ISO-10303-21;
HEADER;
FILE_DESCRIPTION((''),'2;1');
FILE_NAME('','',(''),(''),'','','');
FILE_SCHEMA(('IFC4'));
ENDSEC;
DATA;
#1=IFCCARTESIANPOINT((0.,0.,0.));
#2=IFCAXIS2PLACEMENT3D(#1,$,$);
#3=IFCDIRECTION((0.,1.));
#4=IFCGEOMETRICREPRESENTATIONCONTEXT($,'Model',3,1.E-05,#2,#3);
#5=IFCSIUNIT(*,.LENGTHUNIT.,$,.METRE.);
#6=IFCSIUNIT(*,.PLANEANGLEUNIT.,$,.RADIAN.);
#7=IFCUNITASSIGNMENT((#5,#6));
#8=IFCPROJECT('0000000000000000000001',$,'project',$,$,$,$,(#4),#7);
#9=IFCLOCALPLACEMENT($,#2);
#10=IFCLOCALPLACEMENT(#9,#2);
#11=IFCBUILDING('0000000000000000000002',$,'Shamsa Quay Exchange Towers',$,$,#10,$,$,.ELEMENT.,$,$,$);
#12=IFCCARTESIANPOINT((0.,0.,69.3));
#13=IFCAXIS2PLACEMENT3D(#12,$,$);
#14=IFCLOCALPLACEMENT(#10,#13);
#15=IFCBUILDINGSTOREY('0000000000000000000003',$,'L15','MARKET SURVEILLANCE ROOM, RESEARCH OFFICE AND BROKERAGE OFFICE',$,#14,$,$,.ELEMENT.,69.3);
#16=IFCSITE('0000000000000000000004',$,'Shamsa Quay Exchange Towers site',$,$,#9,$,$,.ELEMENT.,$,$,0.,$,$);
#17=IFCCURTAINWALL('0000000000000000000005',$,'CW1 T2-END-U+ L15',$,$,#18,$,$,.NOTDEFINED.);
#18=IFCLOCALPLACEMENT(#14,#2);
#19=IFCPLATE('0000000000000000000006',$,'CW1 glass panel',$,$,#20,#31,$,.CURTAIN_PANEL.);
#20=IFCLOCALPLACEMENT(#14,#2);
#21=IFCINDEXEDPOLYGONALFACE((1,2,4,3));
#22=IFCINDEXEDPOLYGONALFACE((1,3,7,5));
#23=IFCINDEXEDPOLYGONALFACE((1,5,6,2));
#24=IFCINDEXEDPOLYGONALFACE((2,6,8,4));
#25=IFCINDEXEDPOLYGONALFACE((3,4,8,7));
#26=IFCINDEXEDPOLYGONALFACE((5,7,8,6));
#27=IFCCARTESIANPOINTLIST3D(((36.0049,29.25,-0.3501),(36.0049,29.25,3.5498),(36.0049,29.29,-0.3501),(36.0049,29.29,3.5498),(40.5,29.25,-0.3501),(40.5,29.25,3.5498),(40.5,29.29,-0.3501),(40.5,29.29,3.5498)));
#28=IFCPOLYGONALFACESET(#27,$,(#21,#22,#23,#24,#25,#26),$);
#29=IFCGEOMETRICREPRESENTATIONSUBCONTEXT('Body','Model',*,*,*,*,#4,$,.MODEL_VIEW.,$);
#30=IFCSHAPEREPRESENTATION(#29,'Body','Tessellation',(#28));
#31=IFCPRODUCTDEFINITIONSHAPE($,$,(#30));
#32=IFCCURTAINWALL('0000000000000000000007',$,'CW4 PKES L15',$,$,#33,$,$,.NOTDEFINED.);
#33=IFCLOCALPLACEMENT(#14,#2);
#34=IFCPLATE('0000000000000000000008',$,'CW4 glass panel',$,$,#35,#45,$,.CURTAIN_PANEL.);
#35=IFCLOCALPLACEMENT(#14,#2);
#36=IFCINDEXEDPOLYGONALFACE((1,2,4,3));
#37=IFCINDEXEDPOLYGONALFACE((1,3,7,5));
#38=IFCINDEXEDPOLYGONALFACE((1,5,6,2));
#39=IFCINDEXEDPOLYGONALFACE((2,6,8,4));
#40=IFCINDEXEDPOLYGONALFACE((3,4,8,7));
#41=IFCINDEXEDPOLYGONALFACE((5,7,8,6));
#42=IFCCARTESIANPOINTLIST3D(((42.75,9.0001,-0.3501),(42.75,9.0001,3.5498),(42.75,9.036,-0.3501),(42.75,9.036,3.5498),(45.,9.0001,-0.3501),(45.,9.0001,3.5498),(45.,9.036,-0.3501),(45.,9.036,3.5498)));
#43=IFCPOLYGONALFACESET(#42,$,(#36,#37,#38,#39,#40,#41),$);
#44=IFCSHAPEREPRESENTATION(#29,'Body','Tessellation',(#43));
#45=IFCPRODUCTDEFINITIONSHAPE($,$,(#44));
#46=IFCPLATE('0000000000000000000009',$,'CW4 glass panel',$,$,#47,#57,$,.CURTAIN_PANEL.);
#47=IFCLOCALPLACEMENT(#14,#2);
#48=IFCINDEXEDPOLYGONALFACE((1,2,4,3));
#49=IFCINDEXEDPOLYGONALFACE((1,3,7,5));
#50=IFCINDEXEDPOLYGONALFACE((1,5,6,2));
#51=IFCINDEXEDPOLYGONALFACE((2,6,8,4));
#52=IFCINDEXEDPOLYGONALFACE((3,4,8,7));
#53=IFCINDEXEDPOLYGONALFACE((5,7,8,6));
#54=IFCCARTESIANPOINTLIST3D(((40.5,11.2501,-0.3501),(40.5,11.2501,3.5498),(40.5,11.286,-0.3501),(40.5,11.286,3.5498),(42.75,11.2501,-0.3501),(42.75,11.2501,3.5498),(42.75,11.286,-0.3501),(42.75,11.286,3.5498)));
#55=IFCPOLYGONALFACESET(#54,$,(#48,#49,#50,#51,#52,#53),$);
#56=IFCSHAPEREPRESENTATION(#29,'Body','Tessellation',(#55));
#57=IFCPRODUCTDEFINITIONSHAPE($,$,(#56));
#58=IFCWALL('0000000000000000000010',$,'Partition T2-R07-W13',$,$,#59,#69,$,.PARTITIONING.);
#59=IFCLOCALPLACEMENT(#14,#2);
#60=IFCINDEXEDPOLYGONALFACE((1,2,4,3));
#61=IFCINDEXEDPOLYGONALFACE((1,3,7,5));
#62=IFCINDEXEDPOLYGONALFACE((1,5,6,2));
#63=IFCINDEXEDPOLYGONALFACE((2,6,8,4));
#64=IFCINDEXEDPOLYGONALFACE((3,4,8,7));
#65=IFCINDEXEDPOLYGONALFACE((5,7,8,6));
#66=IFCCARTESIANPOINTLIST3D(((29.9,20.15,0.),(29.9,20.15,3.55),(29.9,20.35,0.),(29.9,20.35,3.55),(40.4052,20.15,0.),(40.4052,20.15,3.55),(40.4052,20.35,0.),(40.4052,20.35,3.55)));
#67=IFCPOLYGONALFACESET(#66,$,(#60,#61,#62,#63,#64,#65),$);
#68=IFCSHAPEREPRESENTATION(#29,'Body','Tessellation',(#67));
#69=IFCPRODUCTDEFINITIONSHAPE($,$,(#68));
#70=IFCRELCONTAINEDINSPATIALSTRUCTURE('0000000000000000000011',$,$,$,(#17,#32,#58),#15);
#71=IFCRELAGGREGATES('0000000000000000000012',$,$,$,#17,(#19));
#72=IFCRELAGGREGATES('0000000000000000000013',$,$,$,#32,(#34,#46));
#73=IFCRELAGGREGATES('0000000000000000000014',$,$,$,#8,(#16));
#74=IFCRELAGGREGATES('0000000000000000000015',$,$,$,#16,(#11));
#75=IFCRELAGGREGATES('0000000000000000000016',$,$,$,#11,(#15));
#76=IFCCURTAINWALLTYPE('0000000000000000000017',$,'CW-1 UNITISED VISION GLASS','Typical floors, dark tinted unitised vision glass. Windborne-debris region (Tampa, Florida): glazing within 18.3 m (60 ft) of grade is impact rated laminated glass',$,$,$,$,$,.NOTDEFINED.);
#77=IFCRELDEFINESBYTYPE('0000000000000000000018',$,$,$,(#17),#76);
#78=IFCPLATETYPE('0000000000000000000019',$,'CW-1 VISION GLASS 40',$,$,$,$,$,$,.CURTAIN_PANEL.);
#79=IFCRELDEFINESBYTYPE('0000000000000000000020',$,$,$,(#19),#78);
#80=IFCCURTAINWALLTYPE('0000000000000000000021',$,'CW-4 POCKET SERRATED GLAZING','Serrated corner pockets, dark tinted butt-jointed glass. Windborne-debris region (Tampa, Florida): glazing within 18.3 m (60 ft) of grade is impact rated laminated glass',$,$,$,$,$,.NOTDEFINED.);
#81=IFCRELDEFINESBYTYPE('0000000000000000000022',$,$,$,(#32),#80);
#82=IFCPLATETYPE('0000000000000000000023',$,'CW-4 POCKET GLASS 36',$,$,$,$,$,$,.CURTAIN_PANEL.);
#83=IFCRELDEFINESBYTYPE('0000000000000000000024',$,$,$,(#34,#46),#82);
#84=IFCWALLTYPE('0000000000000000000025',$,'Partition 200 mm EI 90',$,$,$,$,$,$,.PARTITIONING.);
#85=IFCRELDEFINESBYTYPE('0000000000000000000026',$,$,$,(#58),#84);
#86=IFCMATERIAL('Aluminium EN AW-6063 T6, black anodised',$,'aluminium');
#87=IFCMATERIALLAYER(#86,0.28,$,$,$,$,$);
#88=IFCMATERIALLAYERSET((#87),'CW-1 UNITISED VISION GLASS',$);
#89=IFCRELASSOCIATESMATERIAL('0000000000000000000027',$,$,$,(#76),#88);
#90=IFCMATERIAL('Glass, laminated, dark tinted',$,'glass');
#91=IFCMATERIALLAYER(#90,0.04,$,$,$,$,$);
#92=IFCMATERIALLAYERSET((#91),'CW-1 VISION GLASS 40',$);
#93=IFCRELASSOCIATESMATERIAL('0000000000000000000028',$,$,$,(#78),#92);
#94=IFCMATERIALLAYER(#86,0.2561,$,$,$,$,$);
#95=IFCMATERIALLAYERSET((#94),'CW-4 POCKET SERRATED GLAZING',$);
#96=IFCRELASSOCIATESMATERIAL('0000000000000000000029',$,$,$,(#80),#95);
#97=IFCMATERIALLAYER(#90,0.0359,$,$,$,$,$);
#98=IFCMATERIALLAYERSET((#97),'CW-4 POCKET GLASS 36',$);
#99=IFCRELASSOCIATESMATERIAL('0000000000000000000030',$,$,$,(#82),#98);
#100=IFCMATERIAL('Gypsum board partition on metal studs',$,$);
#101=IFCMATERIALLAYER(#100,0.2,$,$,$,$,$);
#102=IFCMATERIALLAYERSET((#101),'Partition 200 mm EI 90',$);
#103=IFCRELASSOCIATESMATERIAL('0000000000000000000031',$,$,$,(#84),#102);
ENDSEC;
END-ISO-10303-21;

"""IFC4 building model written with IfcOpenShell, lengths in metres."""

from ifc_helpers import new_model, si_unit, direction, frame, frame_2d, origin, origin_2d, place, context, subcontext, project, spatial, rectangle, extrude, material, layer, layer_set, type_object, element, aggregate, save


model = new_model("IFC4")

# Units and contexts
model_context = context("Model", 3, precision=1e-05, world=origin(), true_north=direction((0.0, 1.0)))
body_context = subcontext(model_context, "Body", "Model", "MODEL_VIEW")
ifc_project = project(units=[si_unit("LENGTHUNIT", "METRE"), si_unit("PLANEANGLEUNIT", "RADIAN")], contexts=[model_context])

# Site, building, storey
site_placement = place(None, origin())
site = spatial("IfcSite", under=ifc_project, at=site_placement, Name="Shamsa Quay Exchange Towers site", CompositionType="ELEMENT", RefElevation=0.0)
building_placement = place(site_placement, origin())
building = spatial("IfcBuilding", under=site, at=building_placement, Name="Shamsa Quay Exchange Towers", CompositionType="ELEMENT")
storey_placement = place(building_placement, frame((0.0, 0.0, 69.3)))
storey = spatial("IfcBuildingStorey", under=building, at=storey_placement, Name="L15", Description="MARKET SURVEILLANCE ROOM, RESEARCH OFFICE AND BROKERAGE OFFICE", CompositionType="ELEMENT", Elevation=69.3)

# Shared definitions
ifc_material_1 = material(Name="Aluminium EN AW-6063 T6, black anodised", Category="aluminium")
ifc_layer_1 = layer(ifc_material_1, 0.28)
ifc_layer_set_1 = layer_set([ifc_layer_1], Name="CW-1 UNITISED VISION GLASS")
curtain_wall_type_1 = type_object("IfcCurtainWallType", Name="CW-1 UNITISED VISION GLASS", Description="Typical floors, dark tinted unitised vision glass. Windborne-debris region (Tampa, Florida): glazing within 18.3 m (60 ft) of grade is impact rated laminated glass", PredefinedType="NOTDEFINED", material=ifc_layer_set_1)

# Curtain wall
curtain_wall_1_placement = place(storey_placement, origin())
curtain_wall_1 = element("IfcCurtainWall", 1, at=curtain_wall_1_placement, inside=storey, type_object=curtain_wall_type_1, Name="CW1 T2-END-U+ L15", PredefinedType="NOTDEFINED")

# Plate
ifc_material_2 = material(Name="Glass, laminated, dark tinted", Category="glass")
ifc_layer_2 = layer(ifc_material_2, 0.04)
ifc_layer_set_2 = layer_set([ifc_layer_2], Name="CW-1 VISION GLASS 40")
plate_type_1 = type_object("IfcPlateType", Name="CW-1 VISION GLASS 40", PredefinedType="CURTAIN_PANEL", material=ifc_layer_set_2)
plate_1_placement = place(storey_placement, frame((38.2524, 29.27, -0.3501), z_axis=(0.0, 0.0, 1.0), x_axis=(-1.0, 0.0, 0.0)))
plate_1 = element("IfcPlate", 2, at=plate_1_placement, type_object=plate_type_1, Name="CW1 glass panel", PredefinedType="CURTAIN_PANEL", context=body_context, shape_type="SweptSolid", body=[
    extrude(rectangle(XDim=4.4951, YDim=0.04, at=origin_2d()), origin(), (0.0, 0.0, 1.0), 3.8999),
])
aggregate(curtain_wall_1, [plate_1])

# Curtain wall, plates
ifc_layer_3 = layer(ifc_material_1, 0.2561)
ifc_layer_set_3 = layer_set([ifc_layer_3], Name="CW-4 POCKET SERRATED GLAZING")
curtain_wall_type_2 = type_object("IfcCurtainWallType", Name="CW-4 POCKET SERRATED GLAZING", Description="Serrated corner pockets, dark tinted butt-jointed glass. Windborne-debris region (Tampa, Florida): glazing within 18.3 m (60 ft) of grade is impact rated laminated glass", PredefinedType="NOTDEFINED", material=ifc_layer_set_3)
curtain_wall_2_placement = place(storey_placement, origin())
curtain_wall_2 = element("IfcCurtainWall", 3, at=curtain_wall_2_placement, inside=storey, type_object=curtain_wall_type_2, Name="CW4 PKES L15", PredefinedType="NOTDEFINED")
ifc_layer_4 = layer(ifc_material_2, 0.0359)
ifc_layer_set_4 = layer_set([ifc_layer_4], Name="CW-4 POCKET GLASS 36")
plate_type_2 = type_object("IfcPlateType", Name="CW-4 POCKET GLASS 36", PredefinedType="CURTAIN_PANEL", material=ifc_layer_set_4)
plate_2_placement = place(storey_placement, frame((43.875, 9.0181, -0.3501), z_axis=(0.0, 0.0, 1.0), x_axis=(-1.0, 0.0, 0.0)))
plate_2 = element("IfcPlate", 4, at=plate_2_placement, type_object=plate_type_2, Name="CW4 glass panel", PredefinedType="CURTAIN_PANEL", context=body_context, shape_type="SweptSolid", body=[
    extrude(rectangle(XDim=2.25, YDim=0.0359, at=origin_2d()), origin(), (0.0, 0.0, 1.0), 3.8999),
])
plate_3_placement = place(storey_placement, frame((41.625, 11.2681, -0.3501), z_axis=(0.0, 0.0, 1.0), x_axis=(-1.0, 0.0, 0.0)))
plate_3 = element("IfcPlate", 5, at=plate_3_placement, type_object=plate_type_2, Name="CW4 glass panel", PredefinedType="CURTAIN_PANEL", context=body_context, shape_type="SweptSolid", body=[
    extrude(rectangle(XDim=2.25, YDim=0.0359, at=origin_2d()), origin(), (0.0, 0.0, 1.0), 3.8999),
])
aggregate(curtain_wall_2, [plate_2, plate_3])

# Wall
ifc_material_3 = material(Name="Gypsum board partition on metal studs")
ifc_layer_5 = layer(ifc_material_3, 0.2)
ifc_layer_set_5 = layer_set([ifc_layer_5], Name="Partition 200 mm EI 90")
wall_type_1 = type_object("IfcWallType", Name="Partition 200 mm EI 90", PredefinedType="PARTITIONING", material=ifc_layer_set_5)
wall_1_placement = place(storey_placement, frame((40.405, 20.25, 0.0), z_axis=(0.0, 0.0, 1.0), x_axis=(-1.0, 0.0, 0.0)))
element("IfcWall", 6, at=wall_1_placement, inside=storey, type_object=wall_type_1, Name="Partition T2-R07-W13", PredefinedType="PARTITIONING", context=body_context, shape_type="SweptSolid", body=[
    extrude(rectangle(XDim=10.5051, YDim=0.2, at=frame_2d((5.2524, 0.0))), origin(), (0.0, 0.0, 1.0), 3.55),
])

save(model, "model.ifc")
